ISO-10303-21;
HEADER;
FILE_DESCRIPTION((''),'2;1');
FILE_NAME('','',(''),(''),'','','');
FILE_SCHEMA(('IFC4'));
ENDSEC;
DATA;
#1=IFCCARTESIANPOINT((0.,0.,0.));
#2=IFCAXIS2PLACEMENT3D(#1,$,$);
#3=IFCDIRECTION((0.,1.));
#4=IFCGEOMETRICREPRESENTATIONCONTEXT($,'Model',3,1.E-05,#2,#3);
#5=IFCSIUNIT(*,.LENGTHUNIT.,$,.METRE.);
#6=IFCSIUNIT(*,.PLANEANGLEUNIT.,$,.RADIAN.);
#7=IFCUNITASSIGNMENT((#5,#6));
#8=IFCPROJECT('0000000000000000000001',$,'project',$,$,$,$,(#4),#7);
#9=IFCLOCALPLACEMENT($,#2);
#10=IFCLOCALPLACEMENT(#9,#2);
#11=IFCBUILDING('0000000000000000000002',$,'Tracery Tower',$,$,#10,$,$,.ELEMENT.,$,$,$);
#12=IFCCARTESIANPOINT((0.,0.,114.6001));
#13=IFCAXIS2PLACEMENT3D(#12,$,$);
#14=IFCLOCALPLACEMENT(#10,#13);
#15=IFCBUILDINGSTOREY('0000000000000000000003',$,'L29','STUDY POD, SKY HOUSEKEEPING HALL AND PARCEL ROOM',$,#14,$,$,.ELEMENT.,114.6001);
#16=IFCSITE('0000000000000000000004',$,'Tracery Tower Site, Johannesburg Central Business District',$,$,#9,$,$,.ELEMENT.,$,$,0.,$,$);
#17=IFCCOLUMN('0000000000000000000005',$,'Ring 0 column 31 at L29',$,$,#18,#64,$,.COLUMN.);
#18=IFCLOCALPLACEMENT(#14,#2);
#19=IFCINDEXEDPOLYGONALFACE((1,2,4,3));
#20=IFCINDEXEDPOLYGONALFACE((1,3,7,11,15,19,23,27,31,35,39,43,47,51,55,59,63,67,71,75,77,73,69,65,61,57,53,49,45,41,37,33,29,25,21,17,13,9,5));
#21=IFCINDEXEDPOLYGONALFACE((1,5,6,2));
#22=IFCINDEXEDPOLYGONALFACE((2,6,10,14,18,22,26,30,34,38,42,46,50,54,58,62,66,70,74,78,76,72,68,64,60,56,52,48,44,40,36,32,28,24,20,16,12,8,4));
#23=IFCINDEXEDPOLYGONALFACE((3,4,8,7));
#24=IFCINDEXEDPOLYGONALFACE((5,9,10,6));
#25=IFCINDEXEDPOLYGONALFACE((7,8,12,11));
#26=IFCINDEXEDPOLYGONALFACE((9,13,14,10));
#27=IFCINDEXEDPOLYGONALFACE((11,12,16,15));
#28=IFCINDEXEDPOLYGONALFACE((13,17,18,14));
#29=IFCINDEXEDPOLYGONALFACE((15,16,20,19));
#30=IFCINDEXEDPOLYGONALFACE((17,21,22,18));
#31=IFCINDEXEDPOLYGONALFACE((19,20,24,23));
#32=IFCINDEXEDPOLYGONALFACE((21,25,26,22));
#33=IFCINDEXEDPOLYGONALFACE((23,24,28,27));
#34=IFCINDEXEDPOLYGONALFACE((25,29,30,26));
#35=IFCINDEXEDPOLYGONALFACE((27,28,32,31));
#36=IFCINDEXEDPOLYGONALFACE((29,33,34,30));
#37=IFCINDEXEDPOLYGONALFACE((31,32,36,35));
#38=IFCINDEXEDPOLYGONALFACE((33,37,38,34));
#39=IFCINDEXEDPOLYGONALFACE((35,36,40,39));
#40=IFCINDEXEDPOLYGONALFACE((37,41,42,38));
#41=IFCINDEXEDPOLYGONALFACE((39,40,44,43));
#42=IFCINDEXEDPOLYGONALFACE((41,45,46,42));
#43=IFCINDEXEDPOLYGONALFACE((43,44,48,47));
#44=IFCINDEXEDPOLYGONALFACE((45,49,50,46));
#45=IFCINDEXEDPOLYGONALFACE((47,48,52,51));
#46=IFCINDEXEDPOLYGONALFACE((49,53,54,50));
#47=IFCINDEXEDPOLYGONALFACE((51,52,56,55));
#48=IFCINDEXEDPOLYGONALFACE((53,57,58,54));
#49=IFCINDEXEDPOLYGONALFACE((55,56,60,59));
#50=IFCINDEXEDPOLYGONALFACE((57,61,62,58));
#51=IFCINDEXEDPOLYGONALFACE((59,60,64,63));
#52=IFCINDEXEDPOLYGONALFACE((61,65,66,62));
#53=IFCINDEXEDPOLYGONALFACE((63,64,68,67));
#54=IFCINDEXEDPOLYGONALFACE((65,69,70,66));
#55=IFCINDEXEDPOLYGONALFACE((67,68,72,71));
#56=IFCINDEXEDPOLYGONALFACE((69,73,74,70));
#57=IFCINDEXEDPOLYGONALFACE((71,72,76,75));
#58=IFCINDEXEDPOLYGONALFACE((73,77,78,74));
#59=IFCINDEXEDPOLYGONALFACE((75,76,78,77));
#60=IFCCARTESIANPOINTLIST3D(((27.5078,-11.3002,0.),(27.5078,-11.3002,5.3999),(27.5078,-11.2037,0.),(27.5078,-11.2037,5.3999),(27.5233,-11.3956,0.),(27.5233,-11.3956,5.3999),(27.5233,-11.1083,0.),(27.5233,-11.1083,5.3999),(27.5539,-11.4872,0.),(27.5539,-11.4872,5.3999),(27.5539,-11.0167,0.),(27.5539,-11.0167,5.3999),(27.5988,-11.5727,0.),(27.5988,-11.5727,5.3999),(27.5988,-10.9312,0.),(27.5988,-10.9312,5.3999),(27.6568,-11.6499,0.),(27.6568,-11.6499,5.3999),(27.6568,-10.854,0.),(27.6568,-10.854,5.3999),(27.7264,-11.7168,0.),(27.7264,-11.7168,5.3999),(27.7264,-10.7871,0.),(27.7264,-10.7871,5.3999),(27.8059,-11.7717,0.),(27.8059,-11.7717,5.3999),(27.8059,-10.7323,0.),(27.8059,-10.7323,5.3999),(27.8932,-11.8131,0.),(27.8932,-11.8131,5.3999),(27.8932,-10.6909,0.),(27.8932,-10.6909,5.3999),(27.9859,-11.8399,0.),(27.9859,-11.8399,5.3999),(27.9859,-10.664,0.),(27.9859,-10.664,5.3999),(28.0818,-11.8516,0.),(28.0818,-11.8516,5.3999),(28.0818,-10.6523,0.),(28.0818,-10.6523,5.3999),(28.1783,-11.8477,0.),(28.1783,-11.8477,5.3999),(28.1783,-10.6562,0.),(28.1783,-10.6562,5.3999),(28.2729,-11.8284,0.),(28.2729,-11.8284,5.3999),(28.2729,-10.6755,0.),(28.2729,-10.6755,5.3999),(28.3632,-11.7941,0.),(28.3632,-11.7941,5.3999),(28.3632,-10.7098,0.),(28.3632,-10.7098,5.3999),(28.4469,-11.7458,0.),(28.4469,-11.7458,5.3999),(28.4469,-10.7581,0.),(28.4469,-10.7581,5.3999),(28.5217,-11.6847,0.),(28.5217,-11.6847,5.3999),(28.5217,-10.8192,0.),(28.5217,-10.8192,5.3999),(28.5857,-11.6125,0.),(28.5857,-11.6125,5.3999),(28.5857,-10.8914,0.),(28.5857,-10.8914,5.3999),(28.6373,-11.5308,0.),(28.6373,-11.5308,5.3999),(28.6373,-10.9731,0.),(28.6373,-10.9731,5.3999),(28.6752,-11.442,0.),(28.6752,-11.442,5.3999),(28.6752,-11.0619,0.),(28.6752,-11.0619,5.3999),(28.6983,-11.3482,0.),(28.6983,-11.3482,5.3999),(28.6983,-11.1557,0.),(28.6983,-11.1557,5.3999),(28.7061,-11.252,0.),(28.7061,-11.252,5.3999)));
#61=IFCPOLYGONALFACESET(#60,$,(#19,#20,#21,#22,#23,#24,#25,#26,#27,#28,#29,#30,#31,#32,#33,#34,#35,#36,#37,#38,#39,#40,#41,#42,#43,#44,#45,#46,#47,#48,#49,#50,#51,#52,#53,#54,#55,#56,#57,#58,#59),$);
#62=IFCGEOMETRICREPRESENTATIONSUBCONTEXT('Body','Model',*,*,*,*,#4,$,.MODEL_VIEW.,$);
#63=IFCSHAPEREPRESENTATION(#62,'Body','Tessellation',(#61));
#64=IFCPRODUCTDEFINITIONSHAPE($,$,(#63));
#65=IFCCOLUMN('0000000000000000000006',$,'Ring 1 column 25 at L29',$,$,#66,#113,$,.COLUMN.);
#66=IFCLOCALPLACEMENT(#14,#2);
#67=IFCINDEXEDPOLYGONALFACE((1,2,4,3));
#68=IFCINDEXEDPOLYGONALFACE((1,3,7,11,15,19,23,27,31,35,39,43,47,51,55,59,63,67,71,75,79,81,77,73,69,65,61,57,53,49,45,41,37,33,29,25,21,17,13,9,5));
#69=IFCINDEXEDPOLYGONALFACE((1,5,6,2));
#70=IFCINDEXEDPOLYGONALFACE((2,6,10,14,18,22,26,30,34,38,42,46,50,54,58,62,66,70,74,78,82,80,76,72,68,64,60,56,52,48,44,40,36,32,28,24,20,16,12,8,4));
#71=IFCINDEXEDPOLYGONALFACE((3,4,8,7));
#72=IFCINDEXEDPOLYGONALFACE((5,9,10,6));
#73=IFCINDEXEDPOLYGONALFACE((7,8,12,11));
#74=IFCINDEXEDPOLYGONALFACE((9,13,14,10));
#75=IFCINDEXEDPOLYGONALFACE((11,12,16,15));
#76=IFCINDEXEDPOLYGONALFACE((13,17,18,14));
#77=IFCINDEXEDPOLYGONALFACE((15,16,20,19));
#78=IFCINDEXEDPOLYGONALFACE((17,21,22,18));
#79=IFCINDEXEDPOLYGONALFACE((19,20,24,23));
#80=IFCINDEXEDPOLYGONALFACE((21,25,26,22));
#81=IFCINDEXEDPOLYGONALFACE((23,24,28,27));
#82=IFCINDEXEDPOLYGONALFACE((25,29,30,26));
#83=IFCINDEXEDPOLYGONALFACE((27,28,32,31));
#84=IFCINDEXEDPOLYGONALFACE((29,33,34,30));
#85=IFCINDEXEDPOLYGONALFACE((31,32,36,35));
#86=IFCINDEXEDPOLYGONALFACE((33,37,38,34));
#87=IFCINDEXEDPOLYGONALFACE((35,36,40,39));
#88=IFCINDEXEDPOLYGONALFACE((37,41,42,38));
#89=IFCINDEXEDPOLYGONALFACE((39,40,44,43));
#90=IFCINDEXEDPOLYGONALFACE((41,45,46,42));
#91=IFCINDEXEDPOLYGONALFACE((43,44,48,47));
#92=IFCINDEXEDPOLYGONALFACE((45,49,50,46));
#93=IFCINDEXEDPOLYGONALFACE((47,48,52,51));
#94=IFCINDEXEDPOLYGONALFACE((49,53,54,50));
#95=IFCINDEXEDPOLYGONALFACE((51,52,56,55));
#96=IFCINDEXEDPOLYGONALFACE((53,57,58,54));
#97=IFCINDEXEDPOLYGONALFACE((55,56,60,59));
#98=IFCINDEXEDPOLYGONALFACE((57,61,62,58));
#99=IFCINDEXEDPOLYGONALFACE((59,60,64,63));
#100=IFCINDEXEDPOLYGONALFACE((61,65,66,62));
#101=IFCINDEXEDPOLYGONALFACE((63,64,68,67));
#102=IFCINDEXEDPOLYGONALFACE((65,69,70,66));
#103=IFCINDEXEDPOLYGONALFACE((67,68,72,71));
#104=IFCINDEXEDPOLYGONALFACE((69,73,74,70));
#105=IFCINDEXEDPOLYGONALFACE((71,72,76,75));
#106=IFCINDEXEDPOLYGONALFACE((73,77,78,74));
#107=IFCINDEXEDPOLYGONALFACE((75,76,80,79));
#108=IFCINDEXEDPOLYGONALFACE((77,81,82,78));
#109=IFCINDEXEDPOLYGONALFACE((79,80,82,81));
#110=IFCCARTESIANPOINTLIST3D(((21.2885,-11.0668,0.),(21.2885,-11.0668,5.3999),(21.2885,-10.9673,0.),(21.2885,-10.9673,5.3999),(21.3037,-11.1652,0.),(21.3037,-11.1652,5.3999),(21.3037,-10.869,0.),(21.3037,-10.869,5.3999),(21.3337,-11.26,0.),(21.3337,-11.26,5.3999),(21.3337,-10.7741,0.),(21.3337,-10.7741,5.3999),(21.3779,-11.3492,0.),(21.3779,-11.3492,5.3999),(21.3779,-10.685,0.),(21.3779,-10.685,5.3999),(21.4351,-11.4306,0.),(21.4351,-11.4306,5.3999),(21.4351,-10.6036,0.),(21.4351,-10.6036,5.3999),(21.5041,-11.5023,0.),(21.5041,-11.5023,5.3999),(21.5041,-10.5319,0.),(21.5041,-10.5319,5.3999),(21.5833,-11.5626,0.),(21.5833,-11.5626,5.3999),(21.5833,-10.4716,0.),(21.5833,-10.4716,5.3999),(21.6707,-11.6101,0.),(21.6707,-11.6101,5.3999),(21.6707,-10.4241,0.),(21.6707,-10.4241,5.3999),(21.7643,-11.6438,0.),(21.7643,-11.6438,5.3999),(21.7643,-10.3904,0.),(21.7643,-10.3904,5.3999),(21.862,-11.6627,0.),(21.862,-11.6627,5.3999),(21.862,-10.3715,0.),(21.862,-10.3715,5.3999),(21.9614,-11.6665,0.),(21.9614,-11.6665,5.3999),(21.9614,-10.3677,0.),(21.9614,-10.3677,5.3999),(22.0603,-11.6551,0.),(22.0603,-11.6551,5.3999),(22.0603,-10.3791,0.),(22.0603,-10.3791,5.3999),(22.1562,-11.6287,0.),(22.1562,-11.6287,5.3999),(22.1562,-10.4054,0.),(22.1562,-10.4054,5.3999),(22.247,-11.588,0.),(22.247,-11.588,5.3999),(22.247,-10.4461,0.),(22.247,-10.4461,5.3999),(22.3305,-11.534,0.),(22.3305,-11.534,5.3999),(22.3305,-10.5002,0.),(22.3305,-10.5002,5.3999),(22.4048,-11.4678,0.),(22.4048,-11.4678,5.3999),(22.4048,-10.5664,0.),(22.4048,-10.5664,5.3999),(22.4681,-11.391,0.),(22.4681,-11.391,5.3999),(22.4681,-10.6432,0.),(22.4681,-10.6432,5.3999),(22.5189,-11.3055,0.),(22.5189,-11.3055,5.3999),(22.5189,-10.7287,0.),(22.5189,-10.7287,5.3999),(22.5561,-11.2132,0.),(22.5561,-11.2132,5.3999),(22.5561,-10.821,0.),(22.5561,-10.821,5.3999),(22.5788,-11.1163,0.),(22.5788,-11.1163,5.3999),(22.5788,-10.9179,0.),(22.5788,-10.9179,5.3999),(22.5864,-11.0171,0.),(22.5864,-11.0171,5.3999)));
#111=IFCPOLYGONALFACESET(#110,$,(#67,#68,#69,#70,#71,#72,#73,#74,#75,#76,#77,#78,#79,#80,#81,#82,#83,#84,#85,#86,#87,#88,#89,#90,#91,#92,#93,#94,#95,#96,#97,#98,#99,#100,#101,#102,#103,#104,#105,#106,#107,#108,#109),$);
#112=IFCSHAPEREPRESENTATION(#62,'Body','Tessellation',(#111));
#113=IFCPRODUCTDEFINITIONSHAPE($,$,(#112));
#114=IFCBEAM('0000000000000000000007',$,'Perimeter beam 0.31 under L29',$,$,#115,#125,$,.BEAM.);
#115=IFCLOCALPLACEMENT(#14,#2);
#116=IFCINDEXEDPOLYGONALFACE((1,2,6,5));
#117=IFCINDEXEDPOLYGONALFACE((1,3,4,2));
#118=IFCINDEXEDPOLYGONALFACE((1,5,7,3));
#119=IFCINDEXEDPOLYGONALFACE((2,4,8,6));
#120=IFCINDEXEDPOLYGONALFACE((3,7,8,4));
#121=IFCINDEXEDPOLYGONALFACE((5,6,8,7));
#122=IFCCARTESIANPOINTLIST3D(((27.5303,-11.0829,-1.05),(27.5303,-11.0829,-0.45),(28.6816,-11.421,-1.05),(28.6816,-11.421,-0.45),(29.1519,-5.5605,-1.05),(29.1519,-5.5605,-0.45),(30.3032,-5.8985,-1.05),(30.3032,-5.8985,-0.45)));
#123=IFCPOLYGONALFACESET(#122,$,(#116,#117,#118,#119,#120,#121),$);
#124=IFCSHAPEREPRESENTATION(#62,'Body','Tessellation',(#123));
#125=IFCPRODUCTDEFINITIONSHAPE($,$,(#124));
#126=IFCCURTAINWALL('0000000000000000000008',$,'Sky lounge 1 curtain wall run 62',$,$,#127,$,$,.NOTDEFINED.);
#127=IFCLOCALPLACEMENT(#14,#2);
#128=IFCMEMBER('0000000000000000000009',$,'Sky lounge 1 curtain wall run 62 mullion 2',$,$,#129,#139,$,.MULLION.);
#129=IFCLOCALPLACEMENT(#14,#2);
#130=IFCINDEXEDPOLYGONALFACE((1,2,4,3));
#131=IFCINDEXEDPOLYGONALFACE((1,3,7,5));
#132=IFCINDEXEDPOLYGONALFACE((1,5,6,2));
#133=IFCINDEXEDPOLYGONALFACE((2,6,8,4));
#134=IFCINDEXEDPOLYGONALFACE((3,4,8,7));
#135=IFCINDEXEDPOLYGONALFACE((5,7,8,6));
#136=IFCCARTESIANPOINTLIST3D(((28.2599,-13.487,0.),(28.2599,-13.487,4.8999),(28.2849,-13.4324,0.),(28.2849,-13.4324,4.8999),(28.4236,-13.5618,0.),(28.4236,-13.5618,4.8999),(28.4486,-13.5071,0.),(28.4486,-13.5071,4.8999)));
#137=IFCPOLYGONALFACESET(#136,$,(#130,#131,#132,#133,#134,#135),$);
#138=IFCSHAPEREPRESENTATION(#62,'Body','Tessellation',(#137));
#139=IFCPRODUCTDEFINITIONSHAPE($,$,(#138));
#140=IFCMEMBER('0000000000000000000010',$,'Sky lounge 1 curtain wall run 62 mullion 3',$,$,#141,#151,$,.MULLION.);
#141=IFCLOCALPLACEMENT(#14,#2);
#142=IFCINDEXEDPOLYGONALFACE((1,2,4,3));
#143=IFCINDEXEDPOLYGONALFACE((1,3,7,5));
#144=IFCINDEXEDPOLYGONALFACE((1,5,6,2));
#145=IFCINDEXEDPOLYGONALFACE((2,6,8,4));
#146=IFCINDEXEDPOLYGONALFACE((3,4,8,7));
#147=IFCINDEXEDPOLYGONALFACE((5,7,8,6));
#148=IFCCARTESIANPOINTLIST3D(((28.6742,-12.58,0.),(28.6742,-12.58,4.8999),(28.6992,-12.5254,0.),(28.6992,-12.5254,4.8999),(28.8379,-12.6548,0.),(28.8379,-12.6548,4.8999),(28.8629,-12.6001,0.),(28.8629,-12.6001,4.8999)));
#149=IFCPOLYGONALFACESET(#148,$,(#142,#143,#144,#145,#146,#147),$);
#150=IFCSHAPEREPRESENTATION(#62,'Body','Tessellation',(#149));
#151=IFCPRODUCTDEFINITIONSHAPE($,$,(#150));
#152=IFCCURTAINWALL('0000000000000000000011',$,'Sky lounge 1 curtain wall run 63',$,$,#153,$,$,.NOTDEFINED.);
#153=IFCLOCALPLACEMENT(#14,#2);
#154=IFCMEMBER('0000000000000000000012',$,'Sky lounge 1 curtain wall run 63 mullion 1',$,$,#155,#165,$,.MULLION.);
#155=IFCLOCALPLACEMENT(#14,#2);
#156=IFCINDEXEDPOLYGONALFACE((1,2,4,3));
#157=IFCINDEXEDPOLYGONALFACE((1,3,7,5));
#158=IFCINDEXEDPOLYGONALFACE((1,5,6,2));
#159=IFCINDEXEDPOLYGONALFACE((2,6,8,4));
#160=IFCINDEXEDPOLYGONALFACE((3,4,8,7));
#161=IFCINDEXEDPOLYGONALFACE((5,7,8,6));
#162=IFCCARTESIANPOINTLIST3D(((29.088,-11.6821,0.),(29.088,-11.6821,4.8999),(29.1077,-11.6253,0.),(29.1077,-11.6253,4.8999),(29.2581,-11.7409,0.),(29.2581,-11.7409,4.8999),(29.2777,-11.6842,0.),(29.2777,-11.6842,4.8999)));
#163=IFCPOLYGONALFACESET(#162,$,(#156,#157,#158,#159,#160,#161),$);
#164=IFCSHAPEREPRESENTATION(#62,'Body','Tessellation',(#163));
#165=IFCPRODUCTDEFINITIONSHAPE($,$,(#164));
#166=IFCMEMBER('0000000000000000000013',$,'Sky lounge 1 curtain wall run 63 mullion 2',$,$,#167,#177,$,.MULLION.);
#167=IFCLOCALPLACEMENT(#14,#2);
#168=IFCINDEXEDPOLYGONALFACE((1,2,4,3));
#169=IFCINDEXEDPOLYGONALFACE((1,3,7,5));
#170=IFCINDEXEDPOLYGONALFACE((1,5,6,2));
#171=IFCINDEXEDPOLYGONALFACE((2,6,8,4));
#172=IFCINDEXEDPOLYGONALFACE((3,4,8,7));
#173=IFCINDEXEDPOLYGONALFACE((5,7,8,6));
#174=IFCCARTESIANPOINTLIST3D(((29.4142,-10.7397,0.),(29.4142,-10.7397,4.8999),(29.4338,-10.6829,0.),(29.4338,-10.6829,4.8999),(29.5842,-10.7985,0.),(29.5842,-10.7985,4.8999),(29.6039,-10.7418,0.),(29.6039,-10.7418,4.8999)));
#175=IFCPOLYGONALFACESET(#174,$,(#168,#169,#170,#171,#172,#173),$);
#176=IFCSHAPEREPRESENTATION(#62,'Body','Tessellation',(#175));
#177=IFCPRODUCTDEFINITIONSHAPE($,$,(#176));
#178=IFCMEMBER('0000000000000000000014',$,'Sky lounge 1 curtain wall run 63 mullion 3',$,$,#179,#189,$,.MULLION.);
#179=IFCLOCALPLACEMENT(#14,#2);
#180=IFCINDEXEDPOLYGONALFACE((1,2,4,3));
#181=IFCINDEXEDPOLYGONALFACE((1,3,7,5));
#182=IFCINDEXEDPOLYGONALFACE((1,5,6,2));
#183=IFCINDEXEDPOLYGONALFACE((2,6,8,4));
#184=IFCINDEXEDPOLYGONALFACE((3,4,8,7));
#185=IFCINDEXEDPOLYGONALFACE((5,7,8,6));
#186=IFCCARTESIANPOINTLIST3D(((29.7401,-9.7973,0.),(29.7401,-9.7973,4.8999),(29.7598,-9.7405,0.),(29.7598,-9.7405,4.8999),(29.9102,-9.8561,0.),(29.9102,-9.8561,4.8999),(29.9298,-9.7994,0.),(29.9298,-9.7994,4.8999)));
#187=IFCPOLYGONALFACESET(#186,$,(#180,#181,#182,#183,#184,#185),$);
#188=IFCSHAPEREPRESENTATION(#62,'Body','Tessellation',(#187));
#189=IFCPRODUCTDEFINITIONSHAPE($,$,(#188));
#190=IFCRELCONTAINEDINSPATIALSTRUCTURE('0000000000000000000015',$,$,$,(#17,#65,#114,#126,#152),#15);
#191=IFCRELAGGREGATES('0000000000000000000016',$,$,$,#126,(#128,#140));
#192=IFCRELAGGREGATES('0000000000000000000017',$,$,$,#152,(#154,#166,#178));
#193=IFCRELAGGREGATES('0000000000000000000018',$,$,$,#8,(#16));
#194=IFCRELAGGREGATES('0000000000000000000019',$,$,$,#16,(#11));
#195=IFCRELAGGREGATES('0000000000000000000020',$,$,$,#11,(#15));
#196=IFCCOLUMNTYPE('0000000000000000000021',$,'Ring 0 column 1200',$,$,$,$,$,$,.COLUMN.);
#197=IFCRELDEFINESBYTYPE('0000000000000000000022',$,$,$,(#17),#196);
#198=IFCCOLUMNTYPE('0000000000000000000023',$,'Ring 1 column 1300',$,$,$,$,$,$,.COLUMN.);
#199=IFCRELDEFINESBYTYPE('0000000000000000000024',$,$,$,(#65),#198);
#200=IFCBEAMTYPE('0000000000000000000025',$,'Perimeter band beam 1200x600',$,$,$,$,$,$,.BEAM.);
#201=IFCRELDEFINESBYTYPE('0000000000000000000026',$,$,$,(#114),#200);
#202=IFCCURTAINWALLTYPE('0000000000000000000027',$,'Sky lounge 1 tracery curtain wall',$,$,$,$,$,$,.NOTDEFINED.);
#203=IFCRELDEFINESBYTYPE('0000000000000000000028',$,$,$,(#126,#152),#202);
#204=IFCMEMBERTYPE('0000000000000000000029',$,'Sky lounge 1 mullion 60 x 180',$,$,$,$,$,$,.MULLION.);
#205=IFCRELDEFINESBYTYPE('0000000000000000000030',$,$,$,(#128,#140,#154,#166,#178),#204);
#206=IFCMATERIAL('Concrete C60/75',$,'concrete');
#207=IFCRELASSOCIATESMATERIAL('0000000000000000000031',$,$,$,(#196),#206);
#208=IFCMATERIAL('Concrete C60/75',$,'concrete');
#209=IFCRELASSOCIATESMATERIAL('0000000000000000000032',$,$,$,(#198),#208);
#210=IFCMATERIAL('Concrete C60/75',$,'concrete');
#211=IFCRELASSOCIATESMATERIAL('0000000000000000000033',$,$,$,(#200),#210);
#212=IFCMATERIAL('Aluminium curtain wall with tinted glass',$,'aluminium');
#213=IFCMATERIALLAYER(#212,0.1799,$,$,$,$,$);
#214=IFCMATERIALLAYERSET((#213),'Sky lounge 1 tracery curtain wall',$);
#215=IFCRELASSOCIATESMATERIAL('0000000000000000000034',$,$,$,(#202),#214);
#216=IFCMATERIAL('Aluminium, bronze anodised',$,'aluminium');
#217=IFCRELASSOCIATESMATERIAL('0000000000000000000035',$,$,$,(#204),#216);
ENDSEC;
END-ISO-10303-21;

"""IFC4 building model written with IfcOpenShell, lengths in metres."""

from ifc_helpers import new_model, si_unit, direction, frame, origin, origin_2d, place, context, subcontext, project, spatial, rectangle, circle, extrude, material, layer, layer_set, material_profile, profile_set, type_object, element, aggregate, save


model = new_model("IFC4")

# Units and contexts
model_context = context("Model", 3, precision=1e-05, world=origin(), true_north=direction((0.0, 1.0)))
body_context = subcontext(model_context, "Body", "Model", "MODEL_VIEW")
ifc_project = project(units=[si_unit("LENGTHUNIT", "METRE"), si_unit("PLANEANGLEUNIT", "RADIAN")], contexts=[model_context])

# Site, building, storey
site_placement = place(None, origin())
site = spatial("IfcSite", under=ifc_project, at=site_placement, Name="Tracery Tower Site, Johannesburg Central Business District", CompositionType="ELEMENT", RefElevation=0.0)
building_placement = place(site_placement, origin())
building = spatial("IfcBuilding", under=site, at=building_placement, Name="Tracery Tower", CompositionType="ELEMENT")
storey_placement = place(building_placement, frame((0.0, 0.0, 114.6001)))
storey = spatial("IfcBuildingStorey", under=building, at=storey_placement, Name="L29", Description="STUDY POD, SKY HOUSEKEEPING HALL AND PARCEL ROOM", CompositionType="ELEMENT", Elevation=114.6001)

# Columns
ifc_material_1 = material(Name="Concrete C60/75", Category="concrete")
ifc_material_profile_1 = material_profile(ifc_material_1, circle(Radius=0.6001, at=origin_2d()), Name="RC D1200")
ifc_profile_set_1 = profile_set([ifc_material_profile_1], Name="Concrete C60/75")
column_type_1 = type_object("IfcColumnType", Name="Ring 0 column 1200", PredefinedType="COLUMN", material=ifc_profile_set_1)
column_1_placement = place(storey_placement, frame((28.106, -11.252, 0.0), z_axis=(0.0, 0.0, 1.0), x_axis=(1.0, 0.0, 0.0)))
element("IfcColumn", 1, at=column_1_placement, inside=storey, type_object=column_type_1, Name="Ring 0 column 31 at L29", PredefinedType="COLUMN", context=body_context, shape_type="SweptSolid", body=[
    extrude(circle(Radius=0.6001, at=origin_2d()), origin(), (0.0, 0.0, 1.0), 5.3999),
])
ifc_material_2 = material(Name="Concrete C60/75", Category="concrete")
ifc_material_profile_2 = material_profile(ifc_material_2, circle(Radius=0.6499, at=origin_2d()), Name="RC D1300")
ifc_profile_set_2 = profile_set([ifc_material_profile_2], Name="Concrete C60/75")
column_type_2 = type_object("IfcColumnType", Name="Ring 1 column 1300", PredefinedType="COLUMN", material=ifc_profile_set_2)
column_2_placement = place(storey_placement, frame((21.9365, -11.0171, 0.0), z_axis=(0.0, 0.0, 1.0), x_axis=(1.0, 0.0, 0.0)))
element("IfcColumn", 2, at=column_2_placement, inside=storey, type_object=column_type_2, Name="Ring 1 column 25 at L29", PredefinedType="COLUMN", context=body_context, shape_type="SweptSolid", body=[
    extrude(circle(Radius=0.6499, at=origin_2d()), origin(), (0.0, 0.0, 1.0), 5.3999),
])

# Beam
ifc_material_3 = material(Name="Concrete C60/75", Category="concrete")
ifc_material_profile_3 = material_profile(ifc_material_3, rectangle(XDim=1.2, YDim=0.6001, at=origin_2d()), Name="RC 1200x600")
ifc_profile_set_3 = profile_set([ifc_material_profile_3], Name="Concrete C60/75")
beam_type = type_object("IfcBeamType", Name="Perimeter band beam 1200x600", PredefinedType="BEAM", material=ifc_profile_set_3)
beam_placement = place(storey_placement, frame((28.106, -11.252, -0.75), z_axis=(0.281739, 0.959491, 0.0), x_axis=(-0.959491, 0.281739, 0.0)))
element("IfcBeam", 3, at=beam_placement, inside=storey, type_object=beam_type, Name="Perimeter beam 0.31 under L29", PredefinedType="BEAM", context=body_context, shape_type="SweptSolid", body=[
    extrude(rectangle(XDim=1.2, YDim=0.6001, at=origin_2d()), origin(), (0.0, 0.0, 1.0), 5.7556),
])

# Curtain walls, members
ifc_material_4 = material(Name="Aluminium curtain wall with tinted glass", Category="aluminium")
ifc_layer_1 = layer(ifc_material_4, 0.1799)
ifc_layer_set_1 = layer_set([ifc_layer_1], Name="Sky lounge 1 tracery curtain wall")
curtain_wall_type = type_object("IfcCurtainWallType", Name="Sky lounge 1 tracery curtain wall", PredefinedType="NOTDEFINED", material=ifc_layer_set_1)
curtain_wall_1_placement = place(storey_placement, origin())
curtain_wall_1 = element("IfcCurtainWall", 4, at=curtain_wall_1_placement, inside=storey, type_object=curtain_wall_type, Name="Sky lounge 1 curtain wall run 62", PredefinedType="NOTDEFINED")
ifc_material_5 = material(Name="Aluminium, bronze anodised", Category="aluminium")
ifc_material_profile_4 = material_profile(ifc_material_5, rectangle(XDim=0.1799, YDim=0.0601, at=origin_2d()), Name="AL 60x180")
ifc_profile_set_4 = profile_set([ifc_material_profile_4], Name="Aluminium, bronze anodised")
member_type_1 = type_object("IfcMemberType", Name="Sky lounge 1 mullion 60 x 180", PredefinedType="MULLION", material=ifc_profile_set_4)
member_1_placement = place(storey_placement, frame((28.3542, -13.4971, 0.0), z_axis=(0.0, 0.0, 1.0), x_axis=(-0.909632, 0.415415, 0.0)))
member_1 = element("IfcMember", 5, at=member_1_placement, type_object=member_type_1, Name="Sky lounge 1 curtain wall run 62 mullion 2", PredefinedType="MULLION", context=body_context, shape_type="SweptSolid", body=[
    extrude(rectangle(XDim=0.1799, YDim=0.0601, at=origin_2d()), origin(), (0.0, 0.0, 1.0), 4.8999),
])
member_2_placement = place(storey_placement, frame((28.7686, -12.5901, 0.0), z_axis=(0.0, 0.0, 1.0), x_axis=(-0.909632, 0.415415, 0.0)))
member_2 = element("IfcMember", 6, at=member_2_placement, type_object=member_type_1, Name="Sky lounge 1 curtain wall run 62 mullion 3", PredefinedType="MULLION", context=body_context, shape_type="SweptSolid", body=[
    extrude(rectangle(XDim=0.1799, YDim=0.0601, at=origin_2d()), origin(), (0.0, 0.0, 1.0), 4.8999),
])
curtain_wall_2_placement = place(storey_placement, origin())
curtain_wall_2 = element("IfcCurtainWall", 7, at=curtain_wall_2_placement, inside=storey, type_object=curtain_wall_type, Name="Sky lounge 1 curtain wall run 63", PredefinedType="NOTDEFINED")
member_3_placement = place(storey_placement, frame((29.1829, -11.6831, 0.0), z_axis=(0.0, 0.0, 1.0), x_axis=(-0.945001, 0.327068, 0.0)))
member_3 = element("IfcMember", 8, at=member_3_placement, type_object=member_type_1, Name="Sky lounge 1 curtain wall run 63 mullion 1", PredefinedType="MULLION", context=body_context, shape_type="SweptSolid", body=[
    extrude(rectangle(XDim=0.1799, YDim=0.0601, at=origin_2d()), origin(), (0.0, 0.0, 1.0), 4.8999),
])
member_4_placement = place(storey_placement, frame((29.509, -10.7407, 0.0), z_axis=(0.0, 0.0, 1.0), x_axis=(-0.945001, 0.327068, 0.0)))
member_4 = element("IfcMember", 9, at=member_4_placement, type_object=member_type_1, Name="Sky lounge 1 curtain wall run 63 mullion 2", PredefinedType="MULLION", context=body_context, shape_type="SweptSolid", body=[
    extrude(rectangle(XDim=0.1799, YDim=0.0601, at=origin_2d()), origin(), (0.0, 0.0, 1.0), 4.8999),
])
member_5_placement = place(storey_placement, frame((29.835, -9.7983, 0.0), z_axis=(0.0, 0.0, 1.0), x_axis=(-0.945001, 0.327068, 0.0)))
member_5 = element("IfcMember", 10, at=member_5_placement, type_object=member_type_1, Name="Sky lounge 1 curtain wall run 63 mullion 3", PredefinedType="MULLION", context=body_context, shape_type="SweptSolid", body=[
    extrude(rectangle(XDim=0.1799, YDim=0.0601, at=origin_2d()), origin(), (0.0, 0.0, 1.0), 4.8999),
])

aggregate(curtain_wall_1, [member_1, member_2])
aggregate(curtain_wall_2, [member_3, member_4, member_5])

save(model, "model.ifc")
